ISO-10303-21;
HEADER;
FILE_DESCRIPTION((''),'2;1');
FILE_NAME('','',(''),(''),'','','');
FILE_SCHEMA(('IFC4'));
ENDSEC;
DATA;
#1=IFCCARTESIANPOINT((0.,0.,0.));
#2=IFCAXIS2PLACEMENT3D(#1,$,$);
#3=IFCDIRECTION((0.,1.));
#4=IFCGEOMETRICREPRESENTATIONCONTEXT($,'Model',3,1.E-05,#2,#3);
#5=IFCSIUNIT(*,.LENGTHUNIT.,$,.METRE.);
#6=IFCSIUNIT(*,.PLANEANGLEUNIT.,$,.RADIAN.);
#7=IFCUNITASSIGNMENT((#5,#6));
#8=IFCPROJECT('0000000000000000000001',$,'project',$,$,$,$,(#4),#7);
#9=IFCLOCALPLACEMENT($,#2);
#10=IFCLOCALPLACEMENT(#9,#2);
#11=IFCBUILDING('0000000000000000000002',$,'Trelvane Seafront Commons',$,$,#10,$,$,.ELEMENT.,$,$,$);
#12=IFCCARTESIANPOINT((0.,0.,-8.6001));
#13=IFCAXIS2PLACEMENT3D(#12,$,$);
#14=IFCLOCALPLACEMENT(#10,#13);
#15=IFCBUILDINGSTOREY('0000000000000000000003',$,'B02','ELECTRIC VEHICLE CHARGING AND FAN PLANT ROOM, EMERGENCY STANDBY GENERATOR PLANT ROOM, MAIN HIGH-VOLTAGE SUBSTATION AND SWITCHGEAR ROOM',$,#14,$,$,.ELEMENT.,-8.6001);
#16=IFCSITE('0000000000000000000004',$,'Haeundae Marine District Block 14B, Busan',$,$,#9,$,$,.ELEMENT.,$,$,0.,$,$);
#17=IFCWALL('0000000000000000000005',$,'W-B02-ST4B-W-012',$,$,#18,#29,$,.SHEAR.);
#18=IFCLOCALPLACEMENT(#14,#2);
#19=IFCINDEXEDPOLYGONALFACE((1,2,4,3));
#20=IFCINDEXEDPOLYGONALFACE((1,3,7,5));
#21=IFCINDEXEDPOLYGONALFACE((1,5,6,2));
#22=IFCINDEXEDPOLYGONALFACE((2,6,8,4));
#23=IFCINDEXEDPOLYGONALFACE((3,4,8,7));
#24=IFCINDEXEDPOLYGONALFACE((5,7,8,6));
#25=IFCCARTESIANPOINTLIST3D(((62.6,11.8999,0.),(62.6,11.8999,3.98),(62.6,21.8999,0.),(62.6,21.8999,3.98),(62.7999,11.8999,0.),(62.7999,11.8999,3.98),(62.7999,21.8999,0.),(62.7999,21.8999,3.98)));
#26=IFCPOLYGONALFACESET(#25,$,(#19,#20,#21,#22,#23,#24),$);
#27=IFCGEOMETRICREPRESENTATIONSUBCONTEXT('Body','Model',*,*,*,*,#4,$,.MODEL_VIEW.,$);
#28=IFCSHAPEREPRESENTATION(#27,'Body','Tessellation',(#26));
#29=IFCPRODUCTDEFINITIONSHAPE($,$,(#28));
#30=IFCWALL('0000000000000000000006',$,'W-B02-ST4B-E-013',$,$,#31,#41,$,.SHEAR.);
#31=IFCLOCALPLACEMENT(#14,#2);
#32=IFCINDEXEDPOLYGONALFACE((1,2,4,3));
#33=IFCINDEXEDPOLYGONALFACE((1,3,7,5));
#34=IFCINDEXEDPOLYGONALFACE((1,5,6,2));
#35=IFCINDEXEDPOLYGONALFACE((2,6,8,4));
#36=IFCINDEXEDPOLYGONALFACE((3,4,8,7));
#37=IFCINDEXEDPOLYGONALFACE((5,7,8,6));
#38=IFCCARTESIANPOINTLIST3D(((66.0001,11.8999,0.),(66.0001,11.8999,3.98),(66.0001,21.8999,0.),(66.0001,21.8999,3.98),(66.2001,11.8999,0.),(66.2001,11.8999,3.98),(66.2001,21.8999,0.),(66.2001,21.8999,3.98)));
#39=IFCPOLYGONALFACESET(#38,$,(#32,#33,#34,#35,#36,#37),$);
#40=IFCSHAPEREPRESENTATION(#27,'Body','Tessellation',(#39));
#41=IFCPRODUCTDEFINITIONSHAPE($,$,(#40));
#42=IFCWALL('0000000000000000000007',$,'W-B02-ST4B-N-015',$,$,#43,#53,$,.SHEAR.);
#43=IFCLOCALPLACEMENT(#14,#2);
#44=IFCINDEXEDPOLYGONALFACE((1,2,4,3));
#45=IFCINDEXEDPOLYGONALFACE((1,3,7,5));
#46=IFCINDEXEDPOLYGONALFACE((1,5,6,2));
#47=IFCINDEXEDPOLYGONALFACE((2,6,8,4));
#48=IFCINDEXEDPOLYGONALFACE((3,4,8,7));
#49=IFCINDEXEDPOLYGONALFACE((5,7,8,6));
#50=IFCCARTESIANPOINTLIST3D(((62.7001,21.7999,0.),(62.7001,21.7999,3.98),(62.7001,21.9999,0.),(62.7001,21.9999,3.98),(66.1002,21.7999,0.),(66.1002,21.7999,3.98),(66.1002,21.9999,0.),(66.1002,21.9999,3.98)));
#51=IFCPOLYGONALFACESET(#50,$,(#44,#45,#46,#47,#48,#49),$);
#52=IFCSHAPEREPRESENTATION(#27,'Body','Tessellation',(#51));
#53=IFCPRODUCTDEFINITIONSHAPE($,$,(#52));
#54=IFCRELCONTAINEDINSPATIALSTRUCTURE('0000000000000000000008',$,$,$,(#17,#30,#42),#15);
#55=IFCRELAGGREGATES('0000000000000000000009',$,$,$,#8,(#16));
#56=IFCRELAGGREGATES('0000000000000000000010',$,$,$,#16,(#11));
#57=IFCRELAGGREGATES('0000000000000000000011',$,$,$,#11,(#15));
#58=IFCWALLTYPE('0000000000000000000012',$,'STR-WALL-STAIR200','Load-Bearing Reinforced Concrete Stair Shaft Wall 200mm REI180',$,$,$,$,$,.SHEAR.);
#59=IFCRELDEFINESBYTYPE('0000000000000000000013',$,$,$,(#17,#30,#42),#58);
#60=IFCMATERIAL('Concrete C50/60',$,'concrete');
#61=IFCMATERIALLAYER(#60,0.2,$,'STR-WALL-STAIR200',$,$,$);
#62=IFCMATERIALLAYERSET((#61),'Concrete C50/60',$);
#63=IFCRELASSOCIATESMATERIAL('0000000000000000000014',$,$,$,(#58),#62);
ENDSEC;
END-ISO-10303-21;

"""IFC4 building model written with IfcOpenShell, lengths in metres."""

from ifc_helpers import new_model, si_unit, direction, frame, frame_2d, origin, place, context, subcontext, project, spatial, rectangle, extrude, material, layer, layer_set, type_object, element, save


model = new_model("IFC4")

# Units and contexts
model_context = context("Model", 3, precision=1e-05, world=origin(), true_north=direction((0.0, 1.0)))
body_context = subcontext(model_context, "Body", "Model", "MODEL_VIEW")
ifc_project = project(units=[si_unit("LENGTHUNIT", "METRE"), si_unit("PLANEANGLEUNIT", "RADIAN")], contexts=[model_context])

# Site, building, storey
site_placement = place(None, origin())
site = spatial("IfcSite", under=ifc_project, at=site_placement, Name="Haeundae Marine District Block 14B, Busan", CompositionType="ELEMENT", RefElevation=0.0)
building_placement = place(site_placement, origin())
building = spatial("IfcBuilding", under=site, at=building_placement, Name="Trelvane Seafront Commons", CompositionType="ELEMENT")
storey_placement = place(building_placement, frame((0.0, 0.0, -8.6001)))
storey = spatial("IfcBuildingStorey", under=building, at=storey_placement, Name="B02", Description="ELECTRIC VEHICLE CHARGING AND FAN PLANT ROOM, EMERGENCY STANDBY GENERATOR PLANT ROOM, MAIN HIGH-VOLTAGE SUBSTATION AND SWITCHGEAR ROOM", CompositionType="ELEMENT", Elevation=-8.6001)

# Shared definitions
ifc_material_1 = material(Name="Concrete C50/60", Category="concrete")

# Walls
ifc_layer_1 = layer(ifc_material_1, 0.2, Name="STR-WALL-STAIR200")
ifc_layer_set_1 = layer_set([ifc_layer_1], Name="Concrete C50/60")
wall_type_1 = type_object("IfcWallType", Name="STR-WALL-STAIR200", Description="Load-Bearing Reinforced Concrete Stair Shaft Wall 200mm REI180", PredefinedType="SHEAR", material=ifc_layer_set_1)
for number, where, z_axis, x_axis, name in (
    (1, (62.7, 11.8999, 0.0), (0.0, 0.0, 1.0), (0.0, 1.0, 0.0), "W-B02-ST4B-W-012"),
    (2, (66.1001, 11.8999, 0.0), (0.0, 0.0, 1.0), (0.0, 1.0, 0.0), "W-B02-ST4B-E-013"),
):
    element("IfcWall", number, at=place(storey_placement, frame(where, z_axis=z_axis, x_axis=x_axis)), inside=storey, type_object=wall_type_1, Name=name, PredefinedType="SHEAR", context=body_context, shape_type="SweptSolid", body=[
        extrude(rectangle(XDim=10.0, YDim=0.2, at=frame_2d((5.0, 0.0))), origin(), (0.0, 0.0, 1.0), 3.98),
    ])

# Wall
wall_1_placement = place(storey_placement, frame((62.7, 21.8999, 0.0), z_axis=(0.0, 0.0, 1.0), x_axis=(1.0, 0.0, 0.0)))
element("IfcWall", 3, at=wall_1_placement, inside=storey, type_object=wall_type_1, Name="W-B02-ST4B-N-015", PredefinedType="SHEAR", context=body_context, shape_type="SweptSolid", body=[
    extrude(rectangle(XDim=3.4001, YDim=0.2, at=frame_2d((1.7002, 0.0))), origin(), (0.0, 0.0, 1.0), 3.98),
])

save(model, "model.ifc")
